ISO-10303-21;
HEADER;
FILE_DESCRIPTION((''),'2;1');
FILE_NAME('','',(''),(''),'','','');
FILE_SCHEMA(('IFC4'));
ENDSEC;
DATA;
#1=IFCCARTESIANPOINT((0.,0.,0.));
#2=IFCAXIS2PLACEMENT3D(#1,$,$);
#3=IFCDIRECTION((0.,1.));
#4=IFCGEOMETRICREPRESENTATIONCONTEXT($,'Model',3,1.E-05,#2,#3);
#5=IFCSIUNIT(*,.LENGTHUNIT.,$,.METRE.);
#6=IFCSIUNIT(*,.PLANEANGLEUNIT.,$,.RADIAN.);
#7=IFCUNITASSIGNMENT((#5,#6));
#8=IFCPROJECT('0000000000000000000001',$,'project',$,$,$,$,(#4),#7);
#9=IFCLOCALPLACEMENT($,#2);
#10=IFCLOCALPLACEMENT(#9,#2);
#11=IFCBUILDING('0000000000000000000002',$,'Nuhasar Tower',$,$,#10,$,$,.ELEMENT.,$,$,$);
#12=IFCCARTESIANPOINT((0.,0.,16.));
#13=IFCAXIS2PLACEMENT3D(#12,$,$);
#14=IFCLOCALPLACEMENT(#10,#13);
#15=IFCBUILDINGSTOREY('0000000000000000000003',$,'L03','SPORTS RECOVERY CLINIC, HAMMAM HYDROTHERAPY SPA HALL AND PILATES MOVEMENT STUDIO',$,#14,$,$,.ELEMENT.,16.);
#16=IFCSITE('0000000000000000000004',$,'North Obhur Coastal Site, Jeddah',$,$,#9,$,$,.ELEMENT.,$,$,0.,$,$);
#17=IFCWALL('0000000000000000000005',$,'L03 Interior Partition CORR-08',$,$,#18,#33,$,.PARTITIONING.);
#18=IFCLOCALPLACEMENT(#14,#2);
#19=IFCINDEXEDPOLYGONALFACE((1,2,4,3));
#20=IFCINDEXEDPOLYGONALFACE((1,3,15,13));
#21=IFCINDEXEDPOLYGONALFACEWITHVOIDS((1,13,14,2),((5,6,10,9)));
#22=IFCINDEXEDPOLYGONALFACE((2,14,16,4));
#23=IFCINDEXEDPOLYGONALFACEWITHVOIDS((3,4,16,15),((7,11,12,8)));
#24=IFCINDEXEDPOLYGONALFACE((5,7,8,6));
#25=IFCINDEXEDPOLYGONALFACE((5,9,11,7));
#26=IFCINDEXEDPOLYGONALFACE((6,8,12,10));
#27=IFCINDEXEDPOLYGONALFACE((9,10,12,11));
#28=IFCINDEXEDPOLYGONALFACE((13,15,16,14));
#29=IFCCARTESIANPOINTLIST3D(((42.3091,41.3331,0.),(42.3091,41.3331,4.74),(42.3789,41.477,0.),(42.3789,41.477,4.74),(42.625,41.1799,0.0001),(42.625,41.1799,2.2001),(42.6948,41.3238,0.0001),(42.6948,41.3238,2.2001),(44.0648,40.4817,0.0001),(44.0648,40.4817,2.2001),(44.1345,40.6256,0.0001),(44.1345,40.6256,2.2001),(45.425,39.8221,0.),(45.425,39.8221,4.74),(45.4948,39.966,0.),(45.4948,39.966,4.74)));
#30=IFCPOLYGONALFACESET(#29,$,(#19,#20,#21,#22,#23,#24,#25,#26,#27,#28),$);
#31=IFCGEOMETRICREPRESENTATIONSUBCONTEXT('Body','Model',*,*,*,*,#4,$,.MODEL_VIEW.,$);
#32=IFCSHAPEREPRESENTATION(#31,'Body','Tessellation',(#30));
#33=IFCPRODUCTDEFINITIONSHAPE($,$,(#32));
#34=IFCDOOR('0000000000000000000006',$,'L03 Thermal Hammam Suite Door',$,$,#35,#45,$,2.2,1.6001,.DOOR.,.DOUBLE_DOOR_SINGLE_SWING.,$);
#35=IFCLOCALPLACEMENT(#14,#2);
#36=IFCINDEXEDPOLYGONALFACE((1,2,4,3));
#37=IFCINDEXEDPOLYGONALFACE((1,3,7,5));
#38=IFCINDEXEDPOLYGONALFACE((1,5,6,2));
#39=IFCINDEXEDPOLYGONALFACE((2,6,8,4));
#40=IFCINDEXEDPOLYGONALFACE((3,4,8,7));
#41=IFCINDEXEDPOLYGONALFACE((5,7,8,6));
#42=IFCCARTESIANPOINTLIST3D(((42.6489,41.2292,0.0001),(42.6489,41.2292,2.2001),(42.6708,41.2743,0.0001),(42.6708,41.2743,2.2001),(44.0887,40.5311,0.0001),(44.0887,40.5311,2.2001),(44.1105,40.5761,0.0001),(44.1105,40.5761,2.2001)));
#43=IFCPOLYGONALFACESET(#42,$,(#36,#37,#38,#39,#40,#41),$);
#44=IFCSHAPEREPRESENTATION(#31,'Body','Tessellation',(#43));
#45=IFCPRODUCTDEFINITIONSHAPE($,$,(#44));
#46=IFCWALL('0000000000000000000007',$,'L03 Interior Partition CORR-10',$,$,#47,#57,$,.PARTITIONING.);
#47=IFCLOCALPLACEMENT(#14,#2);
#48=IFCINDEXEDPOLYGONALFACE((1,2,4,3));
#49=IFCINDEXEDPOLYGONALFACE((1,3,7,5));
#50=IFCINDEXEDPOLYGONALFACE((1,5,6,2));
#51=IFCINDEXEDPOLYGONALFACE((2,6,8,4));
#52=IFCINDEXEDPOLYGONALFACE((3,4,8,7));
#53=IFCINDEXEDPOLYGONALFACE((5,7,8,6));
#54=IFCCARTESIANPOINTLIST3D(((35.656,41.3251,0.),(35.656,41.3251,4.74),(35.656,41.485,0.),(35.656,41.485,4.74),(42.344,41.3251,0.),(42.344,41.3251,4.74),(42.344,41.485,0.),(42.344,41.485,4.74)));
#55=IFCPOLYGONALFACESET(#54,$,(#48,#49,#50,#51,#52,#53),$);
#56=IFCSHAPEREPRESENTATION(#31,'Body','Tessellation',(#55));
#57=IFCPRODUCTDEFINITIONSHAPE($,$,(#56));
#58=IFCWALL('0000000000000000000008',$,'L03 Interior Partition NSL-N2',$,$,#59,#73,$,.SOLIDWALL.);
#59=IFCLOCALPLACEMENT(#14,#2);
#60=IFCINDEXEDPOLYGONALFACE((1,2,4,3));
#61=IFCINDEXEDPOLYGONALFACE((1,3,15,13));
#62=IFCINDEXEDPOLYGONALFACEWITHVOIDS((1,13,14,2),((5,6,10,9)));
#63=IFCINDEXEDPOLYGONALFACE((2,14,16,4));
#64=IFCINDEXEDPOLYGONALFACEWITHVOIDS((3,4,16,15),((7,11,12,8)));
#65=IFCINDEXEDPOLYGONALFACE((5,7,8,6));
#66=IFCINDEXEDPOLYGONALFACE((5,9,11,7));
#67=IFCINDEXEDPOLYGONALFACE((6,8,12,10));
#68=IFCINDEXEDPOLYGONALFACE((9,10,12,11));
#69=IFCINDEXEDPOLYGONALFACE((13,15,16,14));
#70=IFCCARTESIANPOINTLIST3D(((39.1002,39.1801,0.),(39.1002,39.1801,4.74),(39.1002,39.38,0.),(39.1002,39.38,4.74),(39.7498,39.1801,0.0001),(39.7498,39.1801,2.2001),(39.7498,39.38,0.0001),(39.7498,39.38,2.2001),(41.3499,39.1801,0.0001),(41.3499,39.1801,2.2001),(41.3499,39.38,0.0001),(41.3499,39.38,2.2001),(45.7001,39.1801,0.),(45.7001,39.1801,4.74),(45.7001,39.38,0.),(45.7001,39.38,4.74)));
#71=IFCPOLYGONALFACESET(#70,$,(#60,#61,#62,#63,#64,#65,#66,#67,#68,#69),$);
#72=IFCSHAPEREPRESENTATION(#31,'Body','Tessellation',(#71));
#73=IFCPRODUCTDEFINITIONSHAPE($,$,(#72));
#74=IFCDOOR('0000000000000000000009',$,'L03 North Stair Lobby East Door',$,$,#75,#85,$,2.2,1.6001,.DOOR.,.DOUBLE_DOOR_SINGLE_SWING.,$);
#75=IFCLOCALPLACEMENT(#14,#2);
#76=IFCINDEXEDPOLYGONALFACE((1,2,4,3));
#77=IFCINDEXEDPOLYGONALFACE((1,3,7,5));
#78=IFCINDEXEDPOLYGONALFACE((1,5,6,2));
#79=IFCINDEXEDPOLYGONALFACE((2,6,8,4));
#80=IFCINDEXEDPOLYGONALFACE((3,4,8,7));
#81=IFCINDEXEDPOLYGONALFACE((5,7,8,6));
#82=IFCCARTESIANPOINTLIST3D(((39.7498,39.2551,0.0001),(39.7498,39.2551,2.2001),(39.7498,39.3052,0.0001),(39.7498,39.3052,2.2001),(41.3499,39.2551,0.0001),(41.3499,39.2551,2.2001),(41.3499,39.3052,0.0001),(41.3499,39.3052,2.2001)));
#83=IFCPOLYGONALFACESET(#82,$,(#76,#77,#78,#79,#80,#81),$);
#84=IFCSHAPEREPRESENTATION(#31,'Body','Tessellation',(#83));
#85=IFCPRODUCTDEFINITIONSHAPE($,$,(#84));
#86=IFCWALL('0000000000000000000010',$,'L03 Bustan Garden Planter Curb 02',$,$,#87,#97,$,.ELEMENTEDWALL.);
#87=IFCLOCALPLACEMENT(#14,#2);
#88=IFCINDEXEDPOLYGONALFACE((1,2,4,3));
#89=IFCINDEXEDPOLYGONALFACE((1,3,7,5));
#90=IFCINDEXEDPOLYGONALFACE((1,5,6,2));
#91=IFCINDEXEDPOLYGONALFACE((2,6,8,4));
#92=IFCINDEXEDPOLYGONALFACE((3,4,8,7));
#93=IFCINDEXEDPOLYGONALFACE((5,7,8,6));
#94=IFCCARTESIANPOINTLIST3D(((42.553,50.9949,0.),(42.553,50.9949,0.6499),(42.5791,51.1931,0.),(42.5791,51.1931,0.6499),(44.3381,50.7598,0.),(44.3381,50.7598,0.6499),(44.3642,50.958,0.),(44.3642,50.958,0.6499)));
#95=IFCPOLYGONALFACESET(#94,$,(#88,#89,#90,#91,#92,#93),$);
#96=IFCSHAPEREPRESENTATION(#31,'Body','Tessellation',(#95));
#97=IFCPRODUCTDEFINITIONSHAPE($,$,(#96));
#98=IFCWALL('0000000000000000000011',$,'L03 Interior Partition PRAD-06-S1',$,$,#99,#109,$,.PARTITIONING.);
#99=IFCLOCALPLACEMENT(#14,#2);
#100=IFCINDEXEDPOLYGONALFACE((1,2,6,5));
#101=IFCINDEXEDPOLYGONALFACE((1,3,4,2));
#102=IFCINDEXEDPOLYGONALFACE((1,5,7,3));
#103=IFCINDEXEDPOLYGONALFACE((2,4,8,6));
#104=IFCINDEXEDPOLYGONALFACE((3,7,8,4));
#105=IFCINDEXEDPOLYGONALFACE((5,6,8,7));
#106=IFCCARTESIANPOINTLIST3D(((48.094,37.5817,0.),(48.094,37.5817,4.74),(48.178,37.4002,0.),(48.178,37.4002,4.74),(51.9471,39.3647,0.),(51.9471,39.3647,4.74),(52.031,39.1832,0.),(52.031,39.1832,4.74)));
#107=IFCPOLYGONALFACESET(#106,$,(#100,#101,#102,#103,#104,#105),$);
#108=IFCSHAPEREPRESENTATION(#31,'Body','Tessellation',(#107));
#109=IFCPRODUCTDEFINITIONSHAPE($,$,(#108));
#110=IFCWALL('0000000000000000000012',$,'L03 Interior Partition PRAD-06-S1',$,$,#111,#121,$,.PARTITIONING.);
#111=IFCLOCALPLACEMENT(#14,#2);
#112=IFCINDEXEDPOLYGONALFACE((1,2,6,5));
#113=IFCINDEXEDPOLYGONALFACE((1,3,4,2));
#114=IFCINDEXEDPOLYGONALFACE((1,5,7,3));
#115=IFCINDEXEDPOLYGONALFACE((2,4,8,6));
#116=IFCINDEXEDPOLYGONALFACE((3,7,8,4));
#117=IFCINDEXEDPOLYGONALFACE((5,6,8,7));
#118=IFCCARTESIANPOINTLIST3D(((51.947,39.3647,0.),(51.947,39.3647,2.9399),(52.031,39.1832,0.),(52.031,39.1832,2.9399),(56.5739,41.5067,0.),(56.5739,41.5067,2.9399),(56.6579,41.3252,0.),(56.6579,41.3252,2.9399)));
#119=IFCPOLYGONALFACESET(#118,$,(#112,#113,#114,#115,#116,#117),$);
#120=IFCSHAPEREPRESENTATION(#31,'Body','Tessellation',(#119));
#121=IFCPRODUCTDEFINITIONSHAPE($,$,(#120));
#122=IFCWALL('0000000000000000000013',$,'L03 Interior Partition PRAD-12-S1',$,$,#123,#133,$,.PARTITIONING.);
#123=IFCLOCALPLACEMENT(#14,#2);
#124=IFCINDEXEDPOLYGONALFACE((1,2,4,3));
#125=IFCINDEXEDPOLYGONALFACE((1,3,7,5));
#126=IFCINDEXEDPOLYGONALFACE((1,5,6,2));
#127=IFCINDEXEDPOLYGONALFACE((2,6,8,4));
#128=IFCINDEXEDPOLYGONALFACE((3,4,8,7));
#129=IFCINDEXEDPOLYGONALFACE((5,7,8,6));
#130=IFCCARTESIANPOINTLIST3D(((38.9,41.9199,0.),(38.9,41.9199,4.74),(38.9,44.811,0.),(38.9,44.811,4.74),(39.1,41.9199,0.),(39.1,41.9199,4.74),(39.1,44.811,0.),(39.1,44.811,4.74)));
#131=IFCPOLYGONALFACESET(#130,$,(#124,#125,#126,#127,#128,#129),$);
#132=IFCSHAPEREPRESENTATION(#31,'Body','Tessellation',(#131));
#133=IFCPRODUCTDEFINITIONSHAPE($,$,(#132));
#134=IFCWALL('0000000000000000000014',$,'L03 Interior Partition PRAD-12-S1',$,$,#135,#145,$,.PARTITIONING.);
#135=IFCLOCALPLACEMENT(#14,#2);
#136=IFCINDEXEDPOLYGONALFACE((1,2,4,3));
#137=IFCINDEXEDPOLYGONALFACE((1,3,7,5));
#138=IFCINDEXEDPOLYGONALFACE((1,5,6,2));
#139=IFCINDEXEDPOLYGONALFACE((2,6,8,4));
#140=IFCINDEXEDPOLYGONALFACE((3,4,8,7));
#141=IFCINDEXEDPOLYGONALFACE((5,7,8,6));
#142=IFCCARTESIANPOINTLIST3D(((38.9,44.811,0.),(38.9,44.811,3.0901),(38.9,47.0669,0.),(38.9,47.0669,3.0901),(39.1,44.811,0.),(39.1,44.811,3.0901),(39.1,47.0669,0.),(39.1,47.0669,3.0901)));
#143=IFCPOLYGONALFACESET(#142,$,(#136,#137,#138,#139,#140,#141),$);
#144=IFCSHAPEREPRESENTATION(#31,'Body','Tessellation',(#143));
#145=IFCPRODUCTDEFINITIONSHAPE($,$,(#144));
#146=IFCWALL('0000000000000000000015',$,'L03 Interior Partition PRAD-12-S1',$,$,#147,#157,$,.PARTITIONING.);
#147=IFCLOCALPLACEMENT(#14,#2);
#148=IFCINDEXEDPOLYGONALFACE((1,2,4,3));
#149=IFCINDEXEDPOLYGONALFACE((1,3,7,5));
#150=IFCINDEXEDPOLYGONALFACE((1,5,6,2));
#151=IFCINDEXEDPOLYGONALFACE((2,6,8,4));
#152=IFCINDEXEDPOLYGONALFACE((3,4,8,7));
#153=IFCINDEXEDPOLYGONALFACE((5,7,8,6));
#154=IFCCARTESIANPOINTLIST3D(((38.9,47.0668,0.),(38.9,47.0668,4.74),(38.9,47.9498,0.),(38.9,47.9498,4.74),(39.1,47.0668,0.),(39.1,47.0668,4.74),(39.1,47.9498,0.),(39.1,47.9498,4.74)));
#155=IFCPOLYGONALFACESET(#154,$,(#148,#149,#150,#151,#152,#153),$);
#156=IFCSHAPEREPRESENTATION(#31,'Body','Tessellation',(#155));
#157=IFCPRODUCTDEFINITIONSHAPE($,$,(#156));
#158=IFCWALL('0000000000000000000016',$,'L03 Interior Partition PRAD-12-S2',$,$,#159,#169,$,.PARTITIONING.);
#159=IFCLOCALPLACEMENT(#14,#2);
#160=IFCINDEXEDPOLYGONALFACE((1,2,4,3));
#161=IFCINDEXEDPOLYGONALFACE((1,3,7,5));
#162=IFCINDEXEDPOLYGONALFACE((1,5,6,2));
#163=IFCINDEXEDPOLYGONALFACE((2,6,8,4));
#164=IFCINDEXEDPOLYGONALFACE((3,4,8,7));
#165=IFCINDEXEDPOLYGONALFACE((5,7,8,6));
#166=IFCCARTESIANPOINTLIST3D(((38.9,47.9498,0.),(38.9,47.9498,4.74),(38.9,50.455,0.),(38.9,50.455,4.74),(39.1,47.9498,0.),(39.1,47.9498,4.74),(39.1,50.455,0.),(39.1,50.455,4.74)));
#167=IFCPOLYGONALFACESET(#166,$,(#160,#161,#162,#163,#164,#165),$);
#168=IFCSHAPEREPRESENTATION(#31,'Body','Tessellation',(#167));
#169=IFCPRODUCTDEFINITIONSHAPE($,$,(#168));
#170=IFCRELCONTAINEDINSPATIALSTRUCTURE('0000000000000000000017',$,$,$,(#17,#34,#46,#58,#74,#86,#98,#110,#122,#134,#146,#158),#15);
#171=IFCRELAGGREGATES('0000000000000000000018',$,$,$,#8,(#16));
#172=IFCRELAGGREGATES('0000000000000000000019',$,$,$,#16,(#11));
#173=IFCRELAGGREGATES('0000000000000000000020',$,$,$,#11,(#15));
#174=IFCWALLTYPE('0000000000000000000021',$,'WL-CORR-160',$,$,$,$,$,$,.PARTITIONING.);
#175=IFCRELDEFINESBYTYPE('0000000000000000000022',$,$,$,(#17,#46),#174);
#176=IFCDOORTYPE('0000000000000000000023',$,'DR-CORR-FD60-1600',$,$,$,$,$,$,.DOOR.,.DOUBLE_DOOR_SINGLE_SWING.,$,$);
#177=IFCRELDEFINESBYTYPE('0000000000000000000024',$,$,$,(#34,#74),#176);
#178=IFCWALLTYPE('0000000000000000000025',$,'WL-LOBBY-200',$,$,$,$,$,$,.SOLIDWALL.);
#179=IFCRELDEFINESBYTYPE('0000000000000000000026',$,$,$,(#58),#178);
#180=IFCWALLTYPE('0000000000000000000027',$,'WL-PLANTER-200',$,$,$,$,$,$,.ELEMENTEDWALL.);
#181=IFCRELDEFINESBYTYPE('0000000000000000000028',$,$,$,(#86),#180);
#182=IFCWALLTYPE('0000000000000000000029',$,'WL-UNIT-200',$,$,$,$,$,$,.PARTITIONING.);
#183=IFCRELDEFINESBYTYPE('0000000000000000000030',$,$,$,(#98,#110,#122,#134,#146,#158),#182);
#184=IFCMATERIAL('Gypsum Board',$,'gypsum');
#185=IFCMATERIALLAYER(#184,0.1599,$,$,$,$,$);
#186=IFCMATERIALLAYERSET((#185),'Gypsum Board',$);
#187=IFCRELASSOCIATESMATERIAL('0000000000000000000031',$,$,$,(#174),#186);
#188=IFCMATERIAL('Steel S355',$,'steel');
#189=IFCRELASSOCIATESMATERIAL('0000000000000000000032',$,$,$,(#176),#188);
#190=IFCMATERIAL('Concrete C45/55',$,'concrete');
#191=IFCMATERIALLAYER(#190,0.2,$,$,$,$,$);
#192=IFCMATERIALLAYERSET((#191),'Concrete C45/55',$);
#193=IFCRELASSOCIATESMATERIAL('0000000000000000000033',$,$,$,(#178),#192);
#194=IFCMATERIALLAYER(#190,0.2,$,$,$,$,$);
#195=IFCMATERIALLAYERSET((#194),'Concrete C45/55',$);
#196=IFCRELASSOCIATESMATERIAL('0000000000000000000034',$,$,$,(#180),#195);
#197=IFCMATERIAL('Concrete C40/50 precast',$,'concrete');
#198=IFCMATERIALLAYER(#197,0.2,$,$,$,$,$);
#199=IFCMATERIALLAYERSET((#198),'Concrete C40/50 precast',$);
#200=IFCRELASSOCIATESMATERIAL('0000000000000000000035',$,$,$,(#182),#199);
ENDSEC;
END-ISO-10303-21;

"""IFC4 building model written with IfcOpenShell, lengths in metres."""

from ifc_helpers import new_model, si_unit, direction, frame, frame_2d, origin, place, context, subcontext, project, spatial, rectangle, extrude, material, layer, layer_set, type_object, element, fill, save


model = new_model("IFC4")

# Units and contexts
model_context = context("Model", 3, precision=1e-05, world=origin(), true_north=direction((0.0, 1.0)))
body_context = subcontext(model_context, "Body", "Model", "MODEL_VIEW")
ifc_project = project(units=[si_unit("LENGTHUNIT", "METRE"), si_unit("PLANEANGLEUNIT", "RADIAN")], contexts=[model_context])

# Site, building, storey
site_placement = place(None, origin())
site = spatial("IfcSite", under=ifc_project, at=site_placement, Name="North Obhur Coastal Site, Jeddah", CompositionType="ELEMENT", RefElevation=0.0)
building_placement = place(site_placement, origin())
building = spatial("IfcBuilding", under=site, at=building_placement, Name="Nuhasar Tower", CompositionType="ELEMENT")
storey_placement = place(building_placement, frame((0.0, 0.0, 16.0)))
storey = spatial("IfcBuildingStorey", under=building, at=storey_placement, Name="L03", Description="SPORTS RECOVERY CLINIC, HAMMAM HYDROTHERAPY SPA HALL AND PILATES MOVEMENT STUDIO", CompositionType="ELEMENT", Elevation=16.0)

# Shared definitions
ifc_material_1 = material(Name="Steel S355", Category="steel")

# Wall, opening, door
ifc_material_2 = material(Name="Gypsum Board", Category="gypsum")
ifc_layer_1 = layer(ifc_material_2, 0.1599)
ifc_layer_set_1 = layer_set([ifc_layer_1], Name="Gypsum Board")
wall_type_1 = type_object("IfcWallType", Name="WL-CORR-160", PredefinedType="PARTITIONING", material=ifc_layer_set_1)
wall_1_placement = place(storey_placement, frame((42.344, 41.405, 0.0), z_axis=(0.0, 0.0, 1.0), x_axis=(0.89979, -0.436324, 0.0)))
wall_1 = element("IfcWall", 1, at=wall_1_placement, inside=storey, type_object=wall_type_1, Name="L03 Interior Partition CORR-08", PredefinedType="PARTITIONING", context=body_context, shape_type="SweptSolid", body=[
    extrude(rectangle(XDim=3.4629, YDim=0.1599, at=frame_2d((1.7314, 0.0))), origin(), (0.0, 0.0, 1.0), 4.74),
])
opening_1_placement = place(wall_1_placement, frame((0.3511, 0.0, 0.0)))
opening_1 = element("IfcOpeningElement", 2, at=opening_1_placement, cuts=wall_1, PredefinedType="OPENING", context=body_context, shape_type="SweptSolid", body=[
    extrude(rectangle(XDim=1.6001, YDim=2.2, at=frame_2d((0.8, 1.1001))), frame((0.0, 0.0898, 0.0), z_axis=(0.0, -1.0, 0.0), x_axis=(1.0, 0.0, 0.0)), (0.0, 0.0, 1.0), 0.1799),
])
door_type = type_object("IfcDoorType", Name="DR-CORR-FD60-1600", OperationType="DOUBLE_DOOR_SINGLE_SWING", PredefinedType="DOOR", material=ifc_material_1)
door_1_placement = place(opening_1_placement, origin())
door_1 = element("IfcDoor", 3, at=door_1_placement, inside=storey, type_object=door_type, Name="L03 Thermal Hammam Suite Door", OperationType="DOUBLE_DOOR_SINGLE_SWING", OverallHeight=2.2, OverallWidth=1.6001, PredefinedType="DOOR", context=body_context, shape_type="SweptSolid", body=[
    extrude(rectangle(XDim=1.6001, YDim=2.2, at=frame_2d((0.8, 1.1001))), frame((0.0, 0.0249, 0.0), z_axis=(0.0, -1.0, 0.0), x_axis=(1.0, 0.0, 0.0)), (0.0, 0.0, 1.0), 0.05),
])
fill(opening_1, door_1)

# Wall
wall_2_placement = place(storey_placement, frame((42.344, 41.405, 0.0), z_axis=(0.0, 0.0, 1.0), x_axis=(-1.0, 0.0, 0.0)))
element("IfcWall", 4, at=wall_2_placement, inside=storey, type_object=wall_type_1, Name="L03 Interior Partition CORR-10", PredefinedType="PARTITIONING", context=body_context, shape_type="SweptSolid", body=[
    extrude(rectangle(XDim=6.688, YDim=0.1599, at=frame_2d((3.344, 0.0))), origin(), (0.0, 0.0, 1.0), 4.74),
])

# Wall, opening, door
ifc_material_3 = material(Name="Concrete C45/55", Category="concrete")
ifc_layer_2 = layer(ifc_material_3, 0.2)
ifc_layer_set_2 = layer_set([ifc_layer_2], Name="Concrete C45/55")
wall_type_2 = type_object("IfcWallType", Name="WL-LOBBY-200", PredefinedType="SOLIDWALL", material=ifc_layer_set_2)
wall_3_placement = place(storey_placement, frame((45.7, 39.28, 0.0), z_axis=(0.0, 0.0, 1.0), x_axis=(-1.0, 0.0, 0.0)))
wall_3 = element("IfcWall", 5, at=wall_3_placement, inside=storey, type_object=wall_type_2, Name="L03 Interior Partition NSL-N2", PredefinedType="SOLIDWALL", context=body_context, shape_type="SweptSolid", body=[
    extrude(rectangle(XDim=6.5999, YDim=0.2, at=frame_2d((3.2998, 0.0))), origin(), (0.0, 0.0, 1.0), 4.74),
])
opening_2_placement = place(wall_3_placement, frame((4.3501, 0.0, 0.0)))
opening_2 = element("IfcOpeningElement", 6, at=opening_2_placement, cuts=wall_3, PredefinedType="OPENING", context=body_context, shape_type="SweptSolid", body=[
    extrude(rectangle(XDim=1.6001, YDim=2.2, at=frame_2d((0.8, 1.1001))), frame((0.0, 0.1099, 0.0), z_axis=(0.0, -1.0, 0.0), x_axis=(1.0, 0.0, 0.0)), (0.0, 0.0, 1.0), 0.22),
])
door_2_placement = place(opening_2_placement, origin())
door_2 = element("IfcDoor", 7, at=door_2_placement, inside=storey, type_object=door_type, Name="L03 North Stair Lobby East Door", OperationType="DOUBLE_DOOR_SINGLE_SWING", OverallHeight=2.2, OverallWidth=1.6001, PredefinedType="DOOR", context=body_context, shape_type="SweptSolid", body=[
    extrude(rectangle(XDim=1.6001, YDim=2.2, at=frame_2d((0.8, 1.1001))), frame((0.0, 0.0249, 0.0), z_axis=(0.0, -1.0, 0.0), x_axis=(1.0, 0.0, 0.0)), (0.0, 0.0, 1.0), 0.05),
])
fill(opening_2, door_2)

# Walls
ifc_layer_3 = layer(ifc_material_3, 0.2)
ifc_layer_set_3 = layer_set([ifc_layer_3], Name="Concrete C45/55")
wall_type_3 = type_object("IfcWallType", Name="WL-PLANTER-200", PredefinedType="ELEMENTEDWALL", material=ifc_layer_set_3)
wall_4_placement = place(storey_placement, frame((42.5659, 51.094, 0.0), z_axis=(0.0, 0.0, 1.0), x_axis=(0.991439, -0.130574, 0.0)))
element("IfcWall", 8, at=wall_4_placement, inside=storey, type_object=wall_type_3, Name="L03 Bustan Garden Planter Curb 02", PredefinedType="ELEMENTEDWALL", context=body_context, shape_type="SweptSolid", body=[
    extrude(rectangle(XDim=1.8005, YDim=0.2, at=frame_2d((0.9004, 0.0))), origin(), (0.0, 0.0, 1.0), 0.6499),
])
ifc_material_4 = material(Name="Concrete C40/50 precast", Category="concrete")
ifc_layer_4 = layer(ifc_material_4, 0.2)
ifc_layer_set_4 = layer_set([ifc_layer_4], Name="Concrete C40/50 precast")
wall_type_4 = type_object("IfcWallType", Name="WL-UNIT-200", PredefinedType="PARTITIONING", material=ifc_layer_set_4)
wall_5_placement = place(storey_placement, frame((48.136, 37.491, 0.0), z_axis=(0.0, 0.0, 1.0), x_axis=(0.907543, 0.419959, 0.0)))
element("IfcWall", 9, at=wall_5_placement, inside=storey, type_object=wall_type_4, Name="L03 Interior Partition PRAD-06-S1", PredefinedType="PARTITIONING", context=body_context, shape_type="SweptSolid", body=[
    extrude(rectangle(XDim=4.2456, YDim=0.2, at=frame_2d((2.1228, 0.0))), origin(), (0.0, 0.0, 1.0), 4.74),
])
wall_6_placement = place(storey_placement, frame((51.989, 39.2739, 0.0), z_axis=(0.0, 0.0, 1.0), x_axis=(0.907468, 0.420121, 0.0)))
element("IfcWall", 10, at=wall_6_placement, inside=storey, type_object=wall_type_4, Name="L03 Interior Partition PRAD-06-S1", PredefinedType="PARTITIONING", context=body_context, shape_type="SweptSolid", body=[
    extrude(rectangle(XDim=5.0986, YDim=0.2, at=frame_2d((2.5493, 0.0))), origin(), (0.0, 0.0, 1.0), 2.9399),
])
wall_7_placement = place(storey_placement, frame((39.0, 41.9199, 0.0), z_axis=(0.0, 0.0, 1.0), x_axis=(0.0, 1.0, 0.0)))
element("IfcWall", 11, at=wall_7_placement, inside=storey, type_object=wall_type_4, Name="L03 Interior Partition PRAD-12-S1", PredefinedType="PARTITIONING", context=body_context, shape_type="SweptSolid", body=[
    extrude(rectangle(XDim=2.8911, YDim=0.2, at=frame_2d((1.4456, 0.0))), origin(), (0.0, 0.0, 1.0), 4.74),
])
wall_8_placement = place(storey_placement, frame((39.0, 44.811, 0.0), z_axis=(0.0, 0.0, 1.0), x_axis=(0.0, 1.0, 0.0)))
element("IfcWall", 12, at=wall_8_placement, inside=storey, type_object=wall_type_4, Name="L03 Interior Partition PRAD-12-S1", PredefinedType="PARTITIONING", context=body_context, shape_type="SweptSolid", body=[
    extrude(rectangle(XDim=2.2559, YDim=0.2, at=frame_2d((1.1279, 0.0))), origin(), (0.0, 0.0, 1.0), 3.0901),
])
wall_9_placement = place(storey_placement, frame((39.0, 47.0669, 0.0), z_axis=(0.0, 0.0, 1.0), x_axis=(0.0, 1.0, 0.0)))
element("IfcWall", 13, at=wall_9_placement, inside=storey, type_object=wall_type_4, Name="L03 Interior Partition PRAD-12-S1", PredefinedType="PARTITIONING", context=body_context, shape_type="SweptSolid", body=[
    extrude(rectangle(XDim=0.8831, YDim=0.2, at=frame_2d((0.4414, 0.0))), origin(), (0.0, 0.0, 1.0), 4.74),
])
wall_10_placement = place(storey_placement, frame((39.0, 47.95, 0.0), z_axis=(0.0, 0.0, 1.0), x_axis=(0.0, 1.0, 0.0)))
element("IfcWall", 14, at=wall_10_placement, inside=storey, type_object=wall_type_4, Name="L03 Interior Partition PRAD-12-S2", PredefinedType="PARTITIONING", context=body_context, shape_type="SweptSolid", body=[
    extrude(rectangle(XDim=2.5051, YDim=0.2, at=frame_2d((1.2524, 0.0))), origin(), (0.0, 0.0, 1.0), 4.74),
])

save(model, "model.ifc")
